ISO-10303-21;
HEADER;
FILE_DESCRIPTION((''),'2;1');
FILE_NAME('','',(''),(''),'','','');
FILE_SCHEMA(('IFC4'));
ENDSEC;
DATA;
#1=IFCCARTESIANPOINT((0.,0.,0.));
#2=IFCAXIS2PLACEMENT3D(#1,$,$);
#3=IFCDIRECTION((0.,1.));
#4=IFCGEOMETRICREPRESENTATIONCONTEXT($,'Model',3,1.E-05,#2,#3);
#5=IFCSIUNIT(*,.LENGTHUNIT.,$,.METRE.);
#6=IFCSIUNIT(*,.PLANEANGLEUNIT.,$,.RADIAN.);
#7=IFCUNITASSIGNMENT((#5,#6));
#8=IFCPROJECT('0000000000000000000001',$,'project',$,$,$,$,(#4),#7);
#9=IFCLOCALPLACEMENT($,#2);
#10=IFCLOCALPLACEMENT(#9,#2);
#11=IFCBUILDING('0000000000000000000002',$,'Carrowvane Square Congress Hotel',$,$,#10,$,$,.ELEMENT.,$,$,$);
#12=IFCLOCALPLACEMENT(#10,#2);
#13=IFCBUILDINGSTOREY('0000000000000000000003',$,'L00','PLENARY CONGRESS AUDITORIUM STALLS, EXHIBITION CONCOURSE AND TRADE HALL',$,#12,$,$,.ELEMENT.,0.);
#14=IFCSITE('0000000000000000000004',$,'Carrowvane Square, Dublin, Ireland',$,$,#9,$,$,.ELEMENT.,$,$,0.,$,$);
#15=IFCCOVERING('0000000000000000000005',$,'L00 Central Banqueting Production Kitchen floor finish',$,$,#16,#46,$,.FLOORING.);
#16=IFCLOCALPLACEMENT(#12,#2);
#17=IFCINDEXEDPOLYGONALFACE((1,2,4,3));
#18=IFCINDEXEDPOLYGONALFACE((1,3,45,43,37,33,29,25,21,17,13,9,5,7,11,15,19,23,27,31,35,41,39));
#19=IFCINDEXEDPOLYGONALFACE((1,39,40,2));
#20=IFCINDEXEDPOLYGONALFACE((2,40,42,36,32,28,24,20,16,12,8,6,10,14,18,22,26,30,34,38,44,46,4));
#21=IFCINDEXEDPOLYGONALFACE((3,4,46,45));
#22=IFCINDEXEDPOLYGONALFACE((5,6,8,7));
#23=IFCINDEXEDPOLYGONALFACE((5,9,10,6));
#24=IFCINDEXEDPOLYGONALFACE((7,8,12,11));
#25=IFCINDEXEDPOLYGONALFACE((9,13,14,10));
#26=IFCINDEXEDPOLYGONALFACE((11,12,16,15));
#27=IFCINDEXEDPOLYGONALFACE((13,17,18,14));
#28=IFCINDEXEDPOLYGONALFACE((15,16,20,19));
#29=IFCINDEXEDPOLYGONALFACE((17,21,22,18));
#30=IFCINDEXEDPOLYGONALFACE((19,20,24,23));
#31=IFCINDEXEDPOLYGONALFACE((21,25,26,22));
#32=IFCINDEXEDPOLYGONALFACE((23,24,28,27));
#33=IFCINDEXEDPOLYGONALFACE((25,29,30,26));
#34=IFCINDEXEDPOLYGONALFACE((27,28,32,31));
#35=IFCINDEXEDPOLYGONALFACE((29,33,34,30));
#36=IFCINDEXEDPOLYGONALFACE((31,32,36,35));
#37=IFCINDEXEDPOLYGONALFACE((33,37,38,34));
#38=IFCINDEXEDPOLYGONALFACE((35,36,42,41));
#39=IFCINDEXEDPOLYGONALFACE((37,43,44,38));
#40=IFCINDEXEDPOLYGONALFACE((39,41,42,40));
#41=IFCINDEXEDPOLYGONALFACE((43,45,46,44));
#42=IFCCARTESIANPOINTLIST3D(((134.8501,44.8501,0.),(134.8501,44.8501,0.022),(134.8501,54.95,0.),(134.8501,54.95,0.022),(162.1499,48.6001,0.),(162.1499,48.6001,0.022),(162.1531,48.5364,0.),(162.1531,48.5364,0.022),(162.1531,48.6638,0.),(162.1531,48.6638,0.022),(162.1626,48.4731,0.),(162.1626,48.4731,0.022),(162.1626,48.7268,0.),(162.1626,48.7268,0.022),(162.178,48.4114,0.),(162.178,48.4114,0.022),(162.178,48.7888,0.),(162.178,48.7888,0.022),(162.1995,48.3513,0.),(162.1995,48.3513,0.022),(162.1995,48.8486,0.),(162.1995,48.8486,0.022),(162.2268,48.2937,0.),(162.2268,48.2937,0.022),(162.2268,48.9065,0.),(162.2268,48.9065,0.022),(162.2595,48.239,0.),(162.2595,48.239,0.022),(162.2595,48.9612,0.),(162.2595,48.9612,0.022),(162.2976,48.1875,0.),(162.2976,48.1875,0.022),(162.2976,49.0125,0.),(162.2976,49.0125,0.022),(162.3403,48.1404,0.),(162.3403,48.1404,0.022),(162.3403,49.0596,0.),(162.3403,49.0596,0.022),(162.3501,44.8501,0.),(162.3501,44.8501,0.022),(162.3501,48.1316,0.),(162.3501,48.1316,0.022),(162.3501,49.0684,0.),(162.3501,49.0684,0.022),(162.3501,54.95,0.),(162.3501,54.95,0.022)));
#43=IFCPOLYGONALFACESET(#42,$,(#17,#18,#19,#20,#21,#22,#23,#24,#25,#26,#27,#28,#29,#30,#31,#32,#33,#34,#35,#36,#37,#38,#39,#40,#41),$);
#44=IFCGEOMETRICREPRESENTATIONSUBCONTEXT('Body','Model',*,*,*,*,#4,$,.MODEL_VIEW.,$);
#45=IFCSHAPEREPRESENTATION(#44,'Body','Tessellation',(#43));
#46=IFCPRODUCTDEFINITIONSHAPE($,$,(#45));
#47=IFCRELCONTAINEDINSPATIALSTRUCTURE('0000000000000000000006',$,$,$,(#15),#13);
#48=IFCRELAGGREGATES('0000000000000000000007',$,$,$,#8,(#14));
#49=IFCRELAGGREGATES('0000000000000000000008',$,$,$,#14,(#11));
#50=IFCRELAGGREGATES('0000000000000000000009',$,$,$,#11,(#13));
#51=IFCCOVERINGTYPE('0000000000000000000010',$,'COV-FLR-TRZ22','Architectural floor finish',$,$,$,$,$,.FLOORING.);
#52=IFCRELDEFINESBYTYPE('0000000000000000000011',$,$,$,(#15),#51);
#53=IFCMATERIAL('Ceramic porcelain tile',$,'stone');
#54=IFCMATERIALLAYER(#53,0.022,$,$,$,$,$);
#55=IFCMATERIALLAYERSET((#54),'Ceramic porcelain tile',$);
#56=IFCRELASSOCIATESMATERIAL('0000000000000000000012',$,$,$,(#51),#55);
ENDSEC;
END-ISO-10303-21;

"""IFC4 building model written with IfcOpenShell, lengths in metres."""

from ifc_helpers import new_model, si_unit, direction, origin, place, context, subcontext, project, spatial, polyline, outline, extrude, material, layer, layer_set, type_object, element, save


model = new_model("IFC4")

# Units and contexts
model_context = context("Model", 3, precision=1e-05, world=origin(), true_north=direction((0.0, 1.0)))
body_context = subcontext(model_context, "Body", "Model", "MODEL_VIEW")
ifc_project = project(units=[si_unit("LENGTHUNIT", "METRE"), si_unit("PLANEANGLEUNIT", "RADIAN")], contexts=[model_context])

# Site, building, storey
site_placement = place(None, origin())
site = spatial("IfcSite", under=ifc_project, at=site_placement, Name="Carrowvane Square, Dublin, Ireland", CompositionType="ELEMENT", RefElevation=0.0)
building_placement = place(site_placement, origin())
building = spatial("IfcBuilding", under=site, at=building_placement, Name="Carrowvane Square Congress Hotel", CompositionType="ELEMENT")
storey_placement = place(building_placement, origin())
storey = spatial("IfcBuildingStorey", under=building, at=storey_placement, Name="L00", Description="PLENARY CONGRESS AUDITORIUM STALLS, EXHIBITION CONCOURSE AND TRADE HALL", CompositionType="ELEMENT", Elevation=0.0)

# Covering
ifc_material_1 = material(Name="Ceramic porcelain tile", Category="stone")
ifc_layer_1 = layer(ifc_material_1, 0.022)
ifc_layer_set_1 = layer_set([ifc_layer_1], Name="Ceramic porcelain tile")
covering_type_1 = type_object("IfcCoveringType", Name="COV-FLR-TRZ22", Description="Architectural floor finish", PredefinedType="FLOORING", material=ifc_layer_set_1)
covering_1_placement = place(storey_placement, origin())
element("IfcCovering", 1, at=covering_1_placement, inside=storey, type_object=covering_type_1, Name="L00 Central Banqueting Production Kitchen floor finish", PredefinedType="FLOORING", context=body_context, shape_type="SweptSolid", body=[
    extrude(outline(polyline([(162.1499, 48.6001), (162.1531, 48.5364), (162.1626, 48.4731), (162.178, 48.4114), (162.1995, 48.3513), (162.2268, 48.2937), (162.2595, 48.239), (162.2976, 48.1875), (162.3403, 48.1404), (162.3501, 48.1316), (162.3501, 44.8501), (134.8501, 44.8501), (134.8501, 54.95), (162.3501, 54.95), (162.3501, 49.0684), (162.3403, 49.0596), (162.2976, 49.0125), (162.2595, 48.9612), (162.2268, 48.9065), (162.1995, 48.8486), (162.178, 48.7888), (162.1626, 48.7268), (162.1531, 48.6638), (162.1499, 48.6001)])), origin(), (0.0, 0.0, 1.0), 0.022),
])

save(model, "model.ifc")
